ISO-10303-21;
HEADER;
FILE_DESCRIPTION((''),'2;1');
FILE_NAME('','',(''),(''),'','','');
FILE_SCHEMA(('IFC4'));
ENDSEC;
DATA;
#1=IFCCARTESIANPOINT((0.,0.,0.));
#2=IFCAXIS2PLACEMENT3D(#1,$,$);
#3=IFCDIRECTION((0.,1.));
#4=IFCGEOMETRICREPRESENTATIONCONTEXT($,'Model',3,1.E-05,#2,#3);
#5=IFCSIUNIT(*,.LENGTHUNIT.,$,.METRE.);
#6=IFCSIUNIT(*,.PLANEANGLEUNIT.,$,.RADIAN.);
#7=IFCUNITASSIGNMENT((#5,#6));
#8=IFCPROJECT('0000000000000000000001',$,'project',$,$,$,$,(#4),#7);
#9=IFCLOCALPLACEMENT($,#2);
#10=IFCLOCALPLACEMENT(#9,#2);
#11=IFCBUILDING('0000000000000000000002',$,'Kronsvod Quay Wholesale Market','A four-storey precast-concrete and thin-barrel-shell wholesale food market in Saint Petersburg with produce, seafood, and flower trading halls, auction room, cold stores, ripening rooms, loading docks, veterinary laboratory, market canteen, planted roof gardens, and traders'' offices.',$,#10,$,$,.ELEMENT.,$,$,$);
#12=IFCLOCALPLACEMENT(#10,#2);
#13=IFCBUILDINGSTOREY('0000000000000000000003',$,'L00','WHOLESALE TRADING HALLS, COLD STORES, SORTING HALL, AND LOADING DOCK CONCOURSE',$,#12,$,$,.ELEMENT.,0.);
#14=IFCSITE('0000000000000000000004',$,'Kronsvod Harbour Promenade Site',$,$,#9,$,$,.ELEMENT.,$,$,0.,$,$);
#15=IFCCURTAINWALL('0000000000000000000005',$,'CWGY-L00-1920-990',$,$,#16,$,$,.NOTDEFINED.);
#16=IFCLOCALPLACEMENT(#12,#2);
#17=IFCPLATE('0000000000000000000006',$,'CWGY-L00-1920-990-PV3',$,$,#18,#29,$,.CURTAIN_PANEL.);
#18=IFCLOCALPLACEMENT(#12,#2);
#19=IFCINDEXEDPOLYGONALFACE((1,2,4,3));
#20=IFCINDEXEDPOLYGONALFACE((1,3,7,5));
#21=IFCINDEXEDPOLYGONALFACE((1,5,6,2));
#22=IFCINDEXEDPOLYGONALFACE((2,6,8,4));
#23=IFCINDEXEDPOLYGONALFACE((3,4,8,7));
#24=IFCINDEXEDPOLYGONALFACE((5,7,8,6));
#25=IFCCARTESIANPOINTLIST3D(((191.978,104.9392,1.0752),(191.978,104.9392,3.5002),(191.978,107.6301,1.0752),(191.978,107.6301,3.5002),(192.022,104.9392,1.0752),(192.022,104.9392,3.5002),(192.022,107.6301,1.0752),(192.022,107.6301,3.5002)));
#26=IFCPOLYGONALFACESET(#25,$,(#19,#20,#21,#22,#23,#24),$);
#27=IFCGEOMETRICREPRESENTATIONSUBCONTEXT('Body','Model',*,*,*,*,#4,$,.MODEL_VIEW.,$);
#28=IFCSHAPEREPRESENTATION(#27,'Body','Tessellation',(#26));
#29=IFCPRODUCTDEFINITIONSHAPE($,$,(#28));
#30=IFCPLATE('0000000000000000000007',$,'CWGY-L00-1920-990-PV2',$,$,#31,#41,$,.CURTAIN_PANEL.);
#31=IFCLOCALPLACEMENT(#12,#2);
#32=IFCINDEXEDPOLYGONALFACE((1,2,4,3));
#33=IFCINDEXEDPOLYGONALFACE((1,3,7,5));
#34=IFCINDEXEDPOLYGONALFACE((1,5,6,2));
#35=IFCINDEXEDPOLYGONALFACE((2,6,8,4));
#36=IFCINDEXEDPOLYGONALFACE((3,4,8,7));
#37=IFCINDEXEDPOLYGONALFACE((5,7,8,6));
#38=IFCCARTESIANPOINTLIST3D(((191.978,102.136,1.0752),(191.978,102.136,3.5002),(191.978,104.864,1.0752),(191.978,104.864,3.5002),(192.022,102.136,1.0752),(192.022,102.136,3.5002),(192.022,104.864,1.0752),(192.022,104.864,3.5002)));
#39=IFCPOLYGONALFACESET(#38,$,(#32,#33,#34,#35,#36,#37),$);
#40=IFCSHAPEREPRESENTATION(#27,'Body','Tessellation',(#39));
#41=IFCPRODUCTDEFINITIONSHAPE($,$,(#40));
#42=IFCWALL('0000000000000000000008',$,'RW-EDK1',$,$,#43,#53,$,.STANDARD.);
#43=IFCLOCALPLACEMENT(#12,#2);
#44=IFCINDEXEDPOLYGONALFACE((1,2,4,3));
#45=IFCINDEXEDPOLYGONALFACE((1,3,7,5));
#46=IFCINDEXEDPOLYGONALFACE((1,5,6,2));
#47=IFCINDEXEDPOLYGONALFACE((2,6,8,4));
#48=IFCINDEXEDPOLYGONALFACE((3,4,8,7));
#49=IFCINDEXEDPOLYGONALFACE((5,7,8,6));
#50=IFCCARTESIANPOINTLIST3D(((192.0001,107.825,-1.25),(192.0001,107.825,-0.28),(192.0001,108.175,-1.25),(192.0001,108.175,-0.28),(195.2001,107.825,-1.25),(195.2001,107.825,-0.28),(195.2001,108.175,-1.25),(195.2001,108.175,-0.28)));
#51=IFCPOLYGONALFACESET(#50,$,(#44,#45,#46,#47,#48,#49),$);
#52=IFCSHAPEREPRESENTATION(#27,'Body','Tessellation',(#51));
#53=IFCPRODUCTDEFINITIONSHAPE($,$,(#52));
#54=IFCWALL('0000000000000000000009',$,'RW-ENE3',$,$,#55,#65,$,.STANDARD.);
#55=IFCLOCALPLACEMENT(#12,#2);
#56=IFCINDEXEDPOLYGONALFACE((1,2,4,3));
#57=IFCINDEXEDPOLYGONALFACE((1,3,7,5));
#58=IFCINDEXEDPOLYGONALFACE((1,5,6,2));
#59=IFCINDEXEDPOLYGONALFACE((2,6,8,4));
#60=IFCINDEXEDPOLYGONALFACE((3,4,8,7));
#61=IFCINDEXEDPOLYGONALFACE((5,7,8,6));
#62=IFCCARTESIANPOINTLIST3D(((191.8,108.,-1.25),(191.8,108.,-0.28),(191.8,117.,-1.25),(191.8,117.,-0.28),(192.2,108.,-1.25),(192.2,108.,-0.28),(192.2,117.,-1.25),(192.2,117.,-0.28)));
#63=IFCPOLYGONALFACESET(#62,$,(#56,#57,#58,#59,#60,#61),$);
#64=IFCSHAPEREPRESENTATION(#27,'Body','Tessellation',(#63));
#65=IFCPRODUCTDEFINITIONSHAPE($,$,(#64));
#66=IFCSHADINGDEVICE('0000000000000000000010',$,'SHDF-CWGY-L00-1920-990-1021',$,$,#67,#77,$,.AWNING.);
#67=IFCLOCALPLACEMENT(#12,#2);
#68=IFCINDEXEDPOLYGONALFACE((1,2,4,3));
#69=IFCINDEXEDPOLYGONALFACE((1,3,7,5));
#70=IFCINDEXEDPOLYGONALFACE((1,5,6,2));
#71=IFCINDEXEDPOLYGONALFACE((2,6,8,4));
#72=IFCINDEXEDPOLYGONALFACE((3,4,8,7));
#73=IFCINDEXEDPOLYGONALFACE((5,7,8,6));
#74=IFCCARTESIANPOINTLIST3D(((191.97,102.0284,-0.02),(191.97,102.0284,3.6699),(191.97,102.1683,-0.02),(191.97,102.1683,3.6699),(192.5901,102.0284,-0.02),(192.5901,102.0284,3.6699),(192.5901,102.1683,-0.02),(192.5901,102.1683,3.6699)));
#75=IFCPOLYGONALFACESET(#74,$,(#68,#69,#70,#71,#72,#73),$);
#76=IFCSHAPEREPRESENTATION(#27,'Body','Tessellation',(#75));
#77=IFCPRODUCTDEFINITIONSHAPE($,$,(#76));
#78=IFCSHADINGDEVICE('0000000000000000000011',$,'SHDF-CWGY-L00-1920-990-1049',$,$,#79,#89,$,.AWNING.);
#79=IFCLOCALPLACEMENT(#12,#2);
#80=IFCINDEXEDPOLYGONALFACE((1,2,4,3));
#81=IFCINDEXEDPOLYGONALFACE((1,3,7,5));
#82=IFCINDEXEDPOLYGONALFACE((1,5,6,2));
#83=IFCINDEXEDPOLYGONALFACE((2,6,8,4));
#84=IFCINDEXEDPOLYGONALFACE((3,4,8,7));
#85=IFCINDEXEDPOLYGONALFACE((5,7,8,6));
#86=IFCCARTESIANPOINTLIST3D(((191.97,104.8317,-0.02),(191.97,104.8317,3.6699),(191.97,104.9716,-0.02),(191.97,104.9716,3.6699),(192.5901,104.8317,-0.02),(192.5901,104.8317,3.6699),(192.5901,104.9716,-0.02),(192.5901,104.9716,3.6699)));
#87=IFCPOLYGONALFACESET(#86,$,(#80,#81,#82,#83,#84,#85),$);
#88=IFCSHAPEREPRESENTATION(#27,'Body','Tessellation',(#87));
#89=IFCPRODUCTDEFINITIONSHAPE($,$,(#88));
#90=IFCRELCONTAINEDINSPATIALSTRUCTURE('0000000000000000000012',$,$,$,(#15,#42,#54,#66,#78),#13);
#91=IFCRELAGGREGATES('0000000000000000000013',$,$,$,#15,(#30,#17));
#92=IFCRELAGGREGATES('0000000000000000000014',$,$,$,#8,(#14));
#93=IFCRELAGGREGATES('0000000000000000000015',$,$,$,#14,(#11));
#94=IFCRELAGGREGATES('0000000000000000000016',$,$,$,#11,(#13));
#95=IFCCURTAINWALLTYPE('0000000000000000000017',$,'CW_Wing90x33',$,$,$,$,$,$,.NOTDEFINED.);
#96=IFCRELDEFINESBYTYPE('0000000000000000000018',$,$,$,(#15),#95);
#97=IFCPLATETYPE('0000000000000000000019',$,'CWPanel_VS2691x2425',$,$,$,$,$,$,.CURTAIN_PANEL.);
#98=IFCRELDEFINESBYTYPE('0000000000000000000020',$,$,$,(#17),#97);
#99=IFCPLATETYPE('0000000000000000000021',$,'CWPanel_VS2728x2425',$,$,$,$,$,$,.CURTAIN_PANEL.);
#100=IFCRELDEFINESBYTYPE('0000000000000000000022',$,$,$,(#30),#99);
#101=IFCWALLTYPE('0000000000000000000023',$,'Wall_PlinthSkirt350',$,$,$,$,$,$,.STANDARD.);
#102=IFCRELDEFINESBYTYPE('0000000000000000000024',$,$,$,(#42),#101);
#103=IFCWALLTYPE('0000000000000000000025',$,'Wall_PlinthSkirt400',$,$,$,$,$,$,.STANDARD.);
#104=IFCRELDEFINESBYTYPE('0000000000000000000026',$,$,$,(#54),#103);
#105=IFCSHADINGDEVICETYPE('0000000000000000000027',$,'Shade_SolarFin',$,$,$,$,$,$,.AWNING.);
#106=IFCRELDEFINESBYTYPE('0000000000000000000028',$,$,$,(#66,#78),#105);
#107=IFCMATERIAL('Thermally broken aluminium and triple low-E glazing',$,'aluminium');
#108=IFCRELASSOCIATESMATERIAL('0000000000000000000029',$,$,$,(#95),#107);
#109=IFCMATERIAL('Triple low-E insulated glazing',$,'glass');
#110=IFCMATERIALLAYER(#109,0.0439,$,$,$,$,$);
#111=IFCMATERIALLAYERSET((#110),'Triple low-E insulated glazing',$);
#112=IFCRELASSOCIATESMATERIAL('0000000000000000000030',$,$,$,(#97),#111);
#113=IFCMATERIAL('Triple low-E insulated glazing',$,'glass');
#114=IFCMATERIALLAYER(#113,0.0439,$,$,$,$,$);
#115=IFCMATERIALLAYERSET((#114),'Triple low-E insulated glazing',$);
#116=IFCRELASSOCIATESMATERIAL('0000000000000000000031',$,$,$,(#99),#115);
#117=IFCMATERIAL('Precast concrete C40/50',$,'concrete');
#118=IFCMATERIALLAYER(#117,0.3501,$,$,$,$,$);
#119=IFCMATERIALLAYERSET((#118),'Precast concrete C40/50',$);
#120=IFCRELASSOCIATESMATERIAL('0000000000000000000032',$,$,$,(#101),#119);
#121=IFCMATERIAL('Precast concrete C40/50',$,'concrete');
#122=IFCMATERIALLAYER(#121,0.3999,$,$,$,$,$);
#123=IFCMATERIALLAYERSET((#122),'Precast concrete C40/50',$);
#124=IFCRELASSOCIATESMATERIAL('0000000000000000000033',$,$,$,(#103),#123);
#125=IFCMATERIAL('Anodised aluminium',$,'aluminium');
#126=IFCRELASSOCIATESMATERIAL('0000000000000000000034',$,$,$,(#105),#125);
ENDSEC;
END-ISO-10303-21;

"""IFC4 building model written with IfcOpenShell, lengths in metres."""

from ifc_helpers import new_model, si_unit, direction, frame, frame_2d, origin, origin_2d, place, context, subcontext, project, spatial, rectangle, extrude, material, layer, layer_set, type_object, element, aggregate, save


model = new_model("IFC4")

# Units and contexts
model_context = context("Model", 3, precision=1e-05, world=origin(), true_north=direction((0.0, 1.0)))
body_context = subcontext(model_context, "Body", "Model", "MODEL_VIEW")
ifc_project = project(units=[si_unit("LENGTHUNIT", "METRE"), si_unit("PLANEANGLEUNIT", "RADIAN")], contexts=[model_context])

# Site, building, storey
site_placement = place(None, origin())
site = spatial("IfcSite", under=ifc_project, at=site_placement, Name="Kronsvod Harbour Promenade Site", CompositionType="ELEMENT", RefElevation=0.0)
building_placement = place(site_placement, origin())
building = spatial("IfcBuilding", under=site, at=building_placement, Name="Kronsvod Quay Wholesale Market", Description="A four-storey precast-concrete and thin-barrel-shell wholesale food market in Saint Petersburg with produce, seafood, and flower trading halls, auction room, cold stores, ripening rooms, loading docks, veterinary laboratory, market canteen, planted roof gardens, and traders' offices.", CompositionType="ELEMENT")
storey_placement = place(building_placement, origin())
storey = spatial("IfcBuildingStorey", under=building, at=storey_placement, Name="L00", Description="WHOLESALE TRADING HALLS, COLD STORES, SORTING HALL, AND LOADING DOCK CONCOURSE", CompositionType="ELEMENT", Elevation=0.0)

# Curtain wall, plates
ifc_material_1 = material(Name="Thermally broken aluminium and triple low-E glazing", Category="aluminium")
curtain_wall_type = type_object("IfcCurtainWallType", Name="CW_Wing90x33", PredefinedType="NOTDEFINED", material=ifc_material_1)
curtain_wall_placement = place(storey_placement, origin())
curtain_wall = element("IfcCurtainWall", 1, at=curtain_wall_placement, inside=storey, type_object=curtain_wall_type, Name="CWGY-L00-1920-990", PredefinedType="NOTDEFINED")
ifc_material_2 = material(Name="Triple low-E insulated glazing", Category="glass")
ifc_layer_1 = layer(ifc_material_2, 0.0439)
ifc_layer_set_1 = layer_set([ifc_layer_1], Name="Triple low-E insulated glazing")
plate_type_1 = type_object("IfcPlateType", Name="CWPanel_VS2691x2425", PredefinedType="CURTAIN_PANEL", material=ifc_layer_set_1)
plate_1_placement = place(storey_placement, frame((192.0, 106.2847, 1.0752), z_axis=(0.0, 0.0, 1.0), x_axis=(0.0, 1.0, 0.0)))
plate_1 = element("IfcPlate", 2, at=plate_1_placement, type_object=plate_type_1, Name="CWGY-L00-1920-990-PV3", PredefinedType="CURTAIN_PANEL", context=body_context, shape_type="SweptSolid", body=[
    extrude(rectangle(XDim=2.6909, YDim=0.0439, at=origin_2d()), origin(), (0.0, 0.0, 1.0), 2.425),
])
ifc_material_3 = material(Name="Triple low-E insulated glazing", Category="glass")
ifc_layer_2 = layer(ifc_material_3, 0.0439)
ifc_layer_set_2 = layer_set([ifc_layer_2], Name="Triple low-E insulated glazing")
plate_type_2 = type_object("IfcPlateType", Name="CWPanel_VS2728x2425", PredefinedType="CURTAIN_PANEL", material=ifc_layer_set_2)
plate_2_placement = place(storey_placement, frame((192.0, 103.5, 1.0752), z_axis=(0.0, 0.0, 1.0), x_axis=(0.0, 1.0, 0.0)))
plate_2 = element("IfcPlate", 3, at=plate_2_placement, type_object=plate_type_2, Name="CWGY-L00-1920-990-PV2", PredefinedType="CURTAIN_PANEL", context=body_context, shape_type="SweptSolid", body=[
    extrude(rectangle(XDim=2.728, YDim=0.0439, at=origin_2d()), origin(), (0.0, 0.0, 1.0), 2.425),
])
aggregate(curtain_wall, [plate_2, plate_1])

# Walls
ifc_material_4 = material(Name="Precast concrete C40/50", Category="concrete")
ifc_layer_3 = layer(ifc_material_4, 0.3501)
ifc_layer_set_3 = layer_set([ifc_layer_3], Name="Precast concrete C40/50")
wall_type_1 = type_object("IfcWallType", Name="Wall_PlinthSkirt350", PredefinedType="STANDARD", material=ifc_layer_set_3)
wall_1_placement = place(storey_placement, frame((192.0, 108.0, -1.25), z_axis=(0.0, 0.0, 1.0), x_axis=(1.0, 0.0, 0.0)))
element("IfcWall", 4, at=wall_1_placement, inside=storey, type_object=wall_type_1, Name="RW-EDK1", PredefinedType="STANDARD", context=body_context, shape_type="SweptSolid", body=[
    extrude(rectangle(XDim=3.2, YDim=0.3501, at=frame_2d((1.6001, 0.0))), origin(), (0.0, 0.0, 1.0), 0.97),
])
ifc_material_5 = material(Name="Precast concrete C40/50", Category="concrete")
ifc_layer_4 = layer(ifc_material_5, 0.3999)
ifc_layer_set_4 = layer_set([ifc_layer_4], Name="Precast concrete C40/50")
wall_type_2 = type_object("IfcWallType", Name="Wall_PlinthSkirt400", PredefinedType="STANDARD", material=ifc_layer_set_4)
wall_2_placement = place(storey_placement, frame((192.0, 108.0, -1.25), z_axis=(0.0, 0.0, 1.0), x_axis=(0.0, 1.0, 0.0)))
element("IfcWall", 5, at=wall_2_placement, inside=storey, type_object=wall_type_2, Name="RW-ENE3", PredefinedType="STANDARD", context=body_context, shape_type="SweptSolid", body=[
    extrude(rectangle(XDim=9.0, YDim=0.3999, at=frame_2d((4.5, 0.0))), origin(), (0.0, 0.0, 1.0), 0.97),
])

# Shading devices
ifc_material_6 = material(Name="Anodised aluminium", Category="aluminium")
shading_device_type = type_object("IfcShadingDeviceType", Name="Shade_SolarFin", PredefinedType="AWNING", material=ifc_material_6)
for number, where, z_axis, x_axis, name in (
    (6, (192.28, 102.0984, -0.02), (0.0, 0.0, 1.0), (1.0, 0.0, 0.0), "SHDF-CWGY-L00-1920-990-1021"),
    (7, (192.28, 104.9016, -0.02), (0.0, 0.0, 1.0), (1.0, 0.0, 0.0), "SHDF-CWGY-L00-1920-990-1049"),
):
    element("IfcShadingDevice", number, at=place(storey_placement, frame(where, z_axis=z_axis, x_axis=x_axis)), inside=storey, type_object=shading_device_type, Name=name, PredefinedType="AWNING", context=body_context, shape_type="SweptSolid", body=[
        extrude(rectangle(XDim=0.6201, YDim=0.1399, at=origin_2d()), origin(), (0.0, 0.0, 1.0), 3.6899),
    ])

save(model, "model.ifc")
